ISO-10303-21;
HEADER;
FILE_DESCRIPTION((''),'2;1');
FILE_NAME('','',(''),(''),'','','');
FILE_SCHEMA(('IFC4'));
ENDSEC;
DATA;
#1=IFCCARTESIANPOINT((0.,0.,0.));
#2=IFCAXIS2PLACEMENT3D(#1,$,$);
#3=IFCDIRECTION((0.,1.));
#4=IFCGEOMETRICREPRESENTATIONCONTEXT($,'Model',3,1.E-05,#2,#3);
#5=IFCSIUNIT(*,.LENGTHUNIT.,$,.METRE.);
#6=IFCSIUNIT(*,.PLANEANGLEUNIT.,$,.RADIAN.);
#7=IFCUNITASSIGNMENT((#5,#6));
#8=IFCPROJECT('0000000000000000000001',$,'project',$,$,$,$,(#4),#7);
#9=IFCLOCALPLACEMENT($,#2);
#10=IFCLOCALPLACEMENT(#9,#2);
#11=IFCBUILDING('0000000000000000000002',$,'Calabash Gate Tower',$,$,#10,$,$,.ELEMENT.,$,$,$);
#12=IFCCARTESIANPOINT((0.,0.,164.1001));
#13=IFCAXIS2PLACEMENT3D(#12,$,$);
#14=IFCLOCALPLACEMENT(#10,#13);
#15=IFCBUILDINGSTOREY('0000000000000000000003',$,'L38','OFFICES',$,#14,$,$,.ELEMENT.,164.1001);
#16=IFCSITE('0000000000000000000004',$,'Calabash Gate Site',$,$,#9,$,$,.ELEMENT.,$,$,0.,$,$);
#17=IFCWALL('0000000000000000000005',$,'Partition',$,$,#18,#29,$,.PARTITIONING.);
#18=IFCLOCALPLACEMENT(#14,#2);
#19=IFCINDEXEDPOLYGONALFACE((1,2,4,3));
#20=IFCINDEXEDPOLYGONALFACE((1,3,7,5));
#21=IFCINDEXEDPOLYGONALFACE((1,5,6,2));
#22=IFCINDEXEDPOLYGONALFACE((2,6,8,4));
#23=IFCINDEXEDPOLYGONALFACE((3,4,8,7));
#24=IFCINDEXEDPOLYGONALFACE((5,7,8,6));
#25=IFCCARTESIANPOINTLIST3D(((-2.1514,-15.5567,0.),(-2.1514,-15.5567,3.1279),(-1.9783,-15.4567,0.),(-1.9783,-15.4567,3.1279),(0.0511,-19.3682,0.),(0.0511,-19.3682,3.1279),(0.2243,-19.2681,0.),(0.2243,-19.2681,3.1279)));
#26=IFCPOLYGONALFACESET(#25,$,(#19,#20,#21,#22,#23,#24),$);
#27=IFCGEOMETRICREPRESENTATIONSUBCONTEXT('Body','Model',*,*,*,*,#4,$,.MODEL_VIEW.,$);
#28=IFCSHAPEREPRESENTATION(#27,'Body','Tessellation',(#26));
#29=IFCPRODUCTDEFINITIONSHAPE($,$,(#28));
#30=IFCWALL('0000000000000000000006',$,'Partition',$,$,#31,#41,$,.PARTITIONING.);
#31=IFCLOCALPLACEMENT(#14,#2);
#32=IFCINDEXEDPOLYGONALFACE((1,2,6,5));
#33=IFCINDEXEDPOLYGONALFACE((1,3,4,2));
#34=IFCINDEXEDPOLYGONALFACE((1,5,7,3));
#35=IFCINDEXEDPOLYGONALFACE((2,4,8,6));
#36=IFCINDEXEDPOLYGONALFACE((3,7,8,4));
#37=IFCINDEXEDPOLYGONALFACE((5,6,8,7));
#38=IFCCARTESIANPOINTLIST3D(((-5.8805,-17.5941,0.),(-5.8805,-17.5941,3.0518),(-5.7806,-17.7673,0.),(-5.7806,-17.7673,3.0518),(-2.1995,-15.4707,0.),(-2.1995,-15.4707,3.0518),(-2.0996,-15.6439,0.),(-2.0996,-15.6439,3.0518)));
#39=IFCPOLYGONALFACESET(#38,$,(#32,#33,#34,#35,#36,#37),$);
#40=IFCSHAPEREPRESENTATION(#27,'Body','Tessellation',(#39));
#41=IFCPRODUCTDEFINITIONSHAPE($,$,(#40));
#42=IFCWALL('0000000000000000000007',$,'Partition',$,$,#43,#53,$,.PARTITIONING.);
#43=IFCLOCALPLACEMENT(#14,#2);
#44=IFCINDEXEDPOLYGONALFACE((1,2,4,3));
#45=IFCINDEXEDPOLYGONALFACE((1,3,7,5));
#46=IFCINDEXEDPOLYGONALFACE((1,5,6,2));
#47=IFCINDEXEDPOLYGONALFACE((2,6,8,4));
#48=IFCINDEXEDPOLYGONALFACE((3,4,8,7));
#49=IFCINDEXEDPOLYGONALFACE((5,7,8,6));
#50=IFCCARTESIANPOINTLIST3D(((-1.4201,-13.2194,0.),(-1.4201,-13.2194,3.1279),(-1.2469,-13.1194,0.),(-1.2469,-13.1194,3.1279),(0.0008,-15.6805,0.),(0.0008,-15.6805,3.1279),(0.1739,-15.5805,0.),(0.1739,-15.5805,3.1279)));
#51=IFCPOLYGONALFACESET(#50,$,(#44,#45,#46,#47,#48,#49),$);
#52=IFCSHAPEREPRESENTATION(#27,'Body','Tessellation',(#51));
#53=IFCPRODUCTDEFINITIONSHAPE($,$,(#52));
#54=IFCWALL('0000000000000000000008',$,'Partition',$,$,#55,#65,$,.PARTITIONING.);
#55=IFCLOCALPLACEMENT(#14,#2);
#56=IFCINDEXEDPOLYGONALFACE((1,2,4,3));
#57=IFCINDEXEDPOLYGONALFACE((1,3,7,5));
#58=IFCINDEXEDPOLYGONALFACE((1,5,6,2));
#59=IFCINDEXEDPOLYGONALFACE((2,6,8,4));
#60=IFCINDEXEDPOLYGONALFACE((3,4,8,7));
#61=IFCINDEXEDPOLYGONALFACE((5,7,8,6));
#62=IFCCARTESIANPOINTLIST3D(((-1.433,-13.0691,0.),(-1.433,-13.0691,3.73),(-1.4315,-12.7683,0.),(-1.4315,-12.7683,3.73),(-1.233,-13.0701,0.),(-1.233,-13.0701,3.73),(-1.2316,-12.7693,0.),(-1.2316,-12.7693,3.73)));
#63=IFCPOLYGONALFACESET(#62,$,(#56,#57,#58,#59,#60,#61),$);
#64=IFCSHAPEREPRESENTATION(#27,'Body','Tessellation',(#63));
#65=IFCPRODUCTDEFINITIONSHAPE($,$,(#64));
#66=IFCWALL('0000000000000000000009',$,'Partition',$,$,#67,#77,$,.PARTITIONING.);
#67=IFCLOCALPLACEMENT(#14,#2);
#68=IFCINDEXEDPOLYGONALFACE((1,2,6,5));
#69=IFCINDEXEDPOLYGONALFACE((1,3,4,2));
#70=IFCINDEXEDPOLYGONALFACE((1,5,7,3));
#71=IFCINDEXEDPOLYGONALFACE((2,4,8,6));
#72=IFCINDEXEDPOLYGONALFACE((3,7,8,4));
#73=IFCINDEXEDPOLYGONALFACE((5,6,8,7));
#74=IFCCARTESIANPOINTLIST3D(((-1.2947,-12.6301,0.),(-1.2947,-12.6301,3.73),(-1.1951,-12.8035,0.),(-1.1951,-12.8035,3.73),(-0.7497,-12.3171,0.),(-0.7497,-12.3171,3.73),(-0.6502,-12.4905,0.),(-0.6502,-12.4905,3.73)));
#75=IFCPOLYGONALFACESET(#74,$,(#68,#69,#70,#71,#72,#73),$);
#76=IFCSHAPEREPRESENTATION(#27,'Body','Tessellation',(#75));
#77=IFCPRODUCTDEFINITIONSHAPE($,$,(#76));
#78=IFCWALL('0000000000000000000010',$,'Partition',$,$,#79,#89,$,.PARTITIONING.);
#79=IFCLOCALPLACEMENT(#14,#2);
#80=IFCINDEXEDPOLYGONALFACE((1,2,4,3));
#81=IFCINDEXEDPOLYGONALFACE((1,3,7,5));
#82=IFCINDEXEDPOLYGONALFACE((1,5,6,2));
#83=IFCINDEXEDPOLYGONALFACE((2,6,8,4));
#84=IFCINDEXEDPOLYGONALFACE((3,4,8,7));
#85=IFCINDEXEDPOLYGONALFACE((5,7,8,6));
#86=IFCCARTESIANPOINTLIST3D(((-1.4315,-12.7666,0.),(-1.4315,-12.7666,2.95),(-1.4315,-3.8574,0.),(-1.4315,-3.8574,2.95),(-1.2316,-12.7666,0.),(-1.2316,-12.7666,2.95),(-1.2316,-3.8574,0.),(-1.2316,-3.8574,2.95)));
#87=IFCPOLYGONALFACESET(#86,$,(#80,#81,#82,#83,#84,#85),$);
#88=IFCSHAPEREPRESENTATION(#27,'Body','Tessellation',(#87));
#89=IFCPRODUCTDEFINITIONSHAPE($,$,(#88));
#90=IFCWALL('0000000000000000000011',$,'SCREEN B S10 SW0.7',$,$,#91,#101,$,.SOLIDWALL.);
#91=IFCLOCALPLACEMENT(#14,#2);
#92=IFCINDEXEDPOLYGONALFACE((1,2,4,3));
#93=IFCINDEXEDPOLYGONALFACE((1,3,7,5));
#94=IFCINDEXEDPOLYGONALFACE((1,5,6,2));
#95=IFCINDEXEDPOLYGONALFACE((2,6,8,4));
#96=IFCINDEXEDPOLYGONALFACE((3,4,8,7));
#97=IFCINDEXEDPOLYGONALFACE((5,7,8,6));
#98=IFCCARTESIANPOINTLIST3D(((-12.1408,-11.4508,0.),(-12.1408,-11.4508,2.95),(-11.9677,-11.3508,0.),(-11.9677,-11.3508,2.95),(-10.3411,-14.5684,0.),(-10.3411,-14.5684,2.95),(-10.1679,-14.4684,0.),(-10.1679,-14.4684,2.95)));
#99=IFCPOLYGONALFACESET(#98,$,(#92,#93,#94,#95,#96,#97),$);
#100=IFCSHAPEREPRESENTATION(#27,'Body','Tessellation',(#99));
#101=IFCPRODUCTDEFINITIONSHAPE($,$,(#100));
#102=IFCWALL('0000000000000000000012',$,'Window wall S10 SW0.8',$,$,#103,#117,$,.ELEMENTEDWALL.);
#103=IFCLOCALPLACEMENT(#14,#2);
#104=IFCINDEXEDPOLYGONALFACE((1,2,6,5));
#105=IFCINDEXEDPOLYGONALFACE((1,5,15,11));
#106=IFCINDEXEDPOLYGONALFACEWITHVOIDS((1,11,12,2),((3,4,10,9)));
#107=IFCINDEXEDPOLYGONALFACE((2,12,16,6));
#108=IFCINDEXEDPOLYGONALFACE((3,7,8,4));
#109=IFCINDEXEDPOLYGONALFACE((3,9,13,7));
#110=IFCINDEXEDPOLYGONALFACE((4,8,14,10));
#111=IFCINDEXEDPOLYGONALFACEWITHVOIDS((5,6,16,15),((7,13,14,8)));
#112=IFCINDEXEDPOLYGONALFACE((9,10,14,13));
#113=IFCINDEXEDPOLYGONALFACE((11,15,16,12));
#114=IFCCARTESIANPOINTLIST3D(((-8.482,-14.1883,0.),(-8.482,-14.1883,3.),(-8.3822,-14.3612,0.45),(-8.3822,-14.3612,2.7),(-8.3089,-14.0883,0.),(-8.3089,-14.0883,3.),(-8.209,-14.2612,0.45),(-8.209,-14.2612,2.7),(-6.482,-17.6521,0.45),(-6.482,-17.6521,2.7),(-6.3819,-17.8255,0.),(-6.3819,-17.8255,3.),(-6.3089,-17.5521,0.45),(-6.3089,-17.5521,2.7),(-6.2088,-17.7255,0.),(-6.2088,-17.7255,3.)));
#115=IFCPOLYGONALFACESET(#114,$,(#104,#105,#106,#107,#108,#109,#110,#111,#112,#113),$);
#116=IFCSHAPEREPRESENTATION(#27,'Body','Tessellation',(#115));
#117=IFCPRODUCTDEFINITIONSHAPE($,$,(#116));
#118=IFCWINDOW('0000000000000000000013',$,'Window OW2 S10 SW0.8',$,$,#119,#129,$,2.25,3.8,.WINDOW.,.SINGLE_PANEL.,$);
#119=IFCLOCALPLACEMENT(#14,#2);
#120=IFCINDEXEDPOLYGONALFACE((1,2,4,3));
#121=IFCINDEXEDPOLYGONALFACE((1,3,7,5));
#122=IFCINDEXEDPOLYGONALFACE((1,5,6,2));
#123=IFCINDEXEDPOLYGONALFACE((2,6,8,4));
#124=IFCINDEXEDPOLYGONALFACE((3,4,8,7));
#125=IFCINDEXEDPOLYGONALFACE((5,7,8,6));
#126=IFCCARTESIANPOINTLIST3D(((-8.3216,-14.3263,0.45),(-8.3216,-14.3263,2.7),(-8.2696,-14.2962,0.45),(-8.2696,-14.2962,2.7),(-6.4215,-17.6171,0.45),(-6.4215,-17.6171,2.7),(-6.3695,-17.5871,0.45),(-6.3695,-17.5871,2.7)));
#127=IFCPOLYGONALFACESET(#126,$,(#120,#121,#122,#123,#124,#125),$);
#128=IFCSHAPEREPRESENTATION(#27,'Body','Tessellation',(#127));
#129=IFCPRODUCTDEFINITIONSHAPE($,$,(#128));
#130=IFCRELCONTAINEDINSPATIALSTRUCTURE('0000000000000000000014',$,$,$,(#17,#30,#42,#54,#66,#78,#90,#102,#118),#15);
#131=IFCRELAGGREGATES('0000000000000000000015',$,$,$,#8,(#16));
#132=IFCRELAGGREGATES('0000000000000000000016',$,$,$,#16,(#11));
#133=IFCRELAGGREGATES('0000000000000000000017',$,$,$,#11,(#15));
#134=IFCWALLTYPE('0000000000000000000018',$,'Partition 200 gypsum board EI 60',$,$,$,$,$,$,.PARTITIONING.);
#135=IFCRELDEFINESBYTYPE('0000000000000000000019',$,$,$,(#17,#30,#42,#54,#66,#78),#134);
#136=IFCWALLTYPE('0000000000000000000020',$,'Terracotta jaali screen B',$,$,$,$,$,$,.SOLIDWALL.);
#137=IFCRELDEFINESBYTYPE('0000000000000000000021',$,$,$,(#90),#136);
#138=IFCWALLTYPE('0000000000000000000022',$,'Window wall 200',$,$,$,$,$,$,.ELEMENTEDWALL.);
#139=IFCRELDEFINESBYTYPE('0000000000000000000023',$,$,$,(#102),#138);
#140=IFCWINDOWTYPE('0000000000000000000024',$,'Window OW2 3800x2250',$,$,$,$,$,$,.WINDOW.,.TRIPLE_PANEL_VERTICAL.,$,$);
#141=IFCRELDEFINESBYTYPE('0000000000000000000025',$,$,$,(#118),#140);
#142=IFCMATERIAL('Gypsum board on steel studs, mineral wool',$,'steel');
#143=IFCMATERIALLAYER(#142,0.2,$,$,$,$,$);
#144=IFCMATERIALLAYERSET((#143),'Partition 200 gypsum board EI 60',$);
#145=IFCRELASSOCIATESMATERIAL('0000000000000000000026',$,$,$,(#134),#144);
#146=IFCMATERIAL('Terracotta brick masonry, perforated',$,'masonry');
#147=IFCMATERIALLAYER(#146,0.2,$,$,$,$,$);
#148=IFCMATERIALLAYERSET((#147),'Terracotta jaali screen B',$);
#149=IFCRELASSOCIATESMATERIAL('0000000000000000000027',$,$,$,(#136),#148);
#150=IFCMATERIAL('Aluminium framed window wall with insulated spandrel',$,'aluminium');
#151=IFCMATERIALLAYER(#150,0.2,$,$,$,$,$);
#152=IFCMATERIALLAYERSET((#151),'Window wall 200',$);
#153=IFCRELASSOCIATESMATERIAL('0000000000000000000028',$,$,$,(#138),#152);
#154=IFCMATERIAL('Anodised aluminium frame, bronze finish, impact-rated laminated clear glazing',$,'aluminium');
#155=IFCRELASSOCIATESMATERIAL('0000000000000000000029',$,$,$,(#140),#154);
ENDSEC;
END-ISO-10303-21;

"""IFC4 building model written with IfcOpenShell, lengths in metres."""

from ifc_helpers import new_model, si_unit, direction, frame, frame_2d, origin, place, context, subcontext, project, spatial, rectangle, extrude, material, layer, layer_set, type_object, element, fill, save


model = new_model("IFC4")

# Units and contexts
model_context = context("Model", 3, precision=1e-05, world=origin(), true_north=direction((0.0, 1.0)))
body_context = subcontext(model_context, "Body", "Model", "MODEL_VIEW")
ifc_project = project(units=[si_unit("LENGTHUNIT", "METRE"), si_unit("PLANEANGLEUNIT", "RADIAN")], contexts=[model_context])

# Site, building, storey
site_placement = place(None, origin())
site = spatial("IfcSite", under=ifc_project, at=site_placement, Name="Calabash Gate Site", CompositionType="ELEMENT", RefElevation=0.0)
building_placement = place(site_placement, origin())
building = spatial("IfcBuilding", under=site, at=building_placement, Name="Calabash Gate Tower", CompositionType="ELEMENT")
storey_placement = place(building_placement, frame((0.0, 0.0, 164.1001)))
storey = spatial("IfcBuildingStorey", under=building, at=storey_placement, Name="L38", Description="OFFICES", CompositionType="ELEMENT", Elevation=164.1001)

# Walls
ifc_material_1 = material(Name="Gypsum board on steel studs, mineral wool", Category="steel")
ifc_layer_1 = layer(ifc_material_1, 0.2)
ifc_layer_set_1 = layer_set([ifc_layer_1], Name="Partition 200 gypsum board EI 60")
wall_type_1 = type_object("IfcWallType", Name="Partition 200 gypsum board EI 60", PredefinedType="PARTITIONING", material=ifc_layer_set_1)
wall_1_placement = place(storey_placement, frame((-2.0649, -15.5066, 0.0), z_axis=(0.0, 0.0, 1.0), x_axis=(0.50035, -0.865823, 0.0)))
element("IfcWall", 1, at=wall_1_placement, inside=storey, type_object=wall_type_1, Name="Partition", PredefinedType="PARTITIONING", context=body_context, shape_type="SweptSolid", body=[
    extrude(rectangle(XDim=4.4021, YDim=0.2, at=frame_2d((2.2012, 0.0))), origin(), (0.0, 0.0, 1.0), 3.1279),
])
wall_2_placement = place(storey_placement, frame((-5.8306, -17.6807, 0.0), z_axis=(0.0, 0.0, 1.0), x_axis=(0.866217, 0.499668, 0.0)))
element("IfcWall", 2, at=wall_2_placement, inside=storey, type_object=wall_type_1, Name="Partition", PredefinedType="PARTITIONING", context=body_context, shape_type="SweptSolid", body=[
    extrude(rectangle(XDim=4.2495, YDim=0.2, at=frame_2d((2.1248, 0.0))), origin(), (0.0, 0.0, 1.0), 3.0518),
])
wall_3_placement = place(storey_placement, frame((-1.3335, -13.1694, 0.0), z_axis=(0.0, 0.0, 1.0), x_axis=(0.499983, -0.866035, 0.0)))
element("IfcWall", 3, at=wall_3_placement, inside=storey, type_object=wall_type_1, Name="Partition", PredefinedType="PARTITIONING", context=body_context, shape_type="SweptSolid", body=[
    extrude(rectangle(XDim=2.8418, YDim=0.2, at=frame_2d((1.4209, 0.0))), origin(), (0.0, 0.0, 1.0), 3.1279),
])
wall_4_placement = place(storey_placement, frame((-1.333, -13.0696, 0.0), z_axis=(0.0, 0.0, 1.0), x_axis=(0.00487, 0.999988, 0.0)))
element("IfcWall", 4, at=wall_4_placement, inside=storey, type_object=wall_type_1, Name="Partition", PredefinedType="PARTITIONING", context=body_context, shape_type="SweptSolid", body=[
    extrude(rectangle(XDim=0.3008, YDim=0.2, at=frame_2d((0.1504, 0.0))), origin(), (0.0, 0.0, 1.0), 3.73),
])
wall_5_placement = place(storey_placement, frame((-1.2449, -12.7168, 0.0), z_axis=(0.0, 0.0, 1.0), x_axis=(0.867141, 0.498062, 0.0)))
element("IfcWall", 5, at=wall_5_placement, inside=storey, type_object=wall_type_1, Name="Partition", PredefinedType="PARTITIONING", context=body_context, shape_type="SweptSolid", body=[
    extrude(rectangle(XDim=0.6284, YDim=0.2, at=frame_2d((0.3142, 0.0))), origin(), (0.0, 0.0, 1.0), 3.73),
])
wall_6_placement = place(storey_placement, frame((-1.3315, -12.7666, 0.0), z_axis=(0.0, 0.0, 1.0), x_axis=(0.0, 1.0, 0.0)))
element("IfcWall", 6, at=wall_6_placement, inside=storey, type_object=wall_type_1, Name="Partition", PredefinedType="PARTITIONING", context=body_context, shape_type="SweptSolid", body=[
    extrude(rectangle(XDim=8.9092, YDim=0.2, at=frame_2d((4.4546, 0.0))), origin(), (0.0, 0.0, 1.0), 2.95),
])
ifc_material_2 = material(Name="Terracotta brick masonry, perforated", Category="masonry")
ifc_layer_2 = layer(ifc_material_2, 0.2)
ifc_layer_set_2 = layer_set([ifc_layer_2], Name="Terracotta jaali screen B")
wall_type_2 = type_object("IfcWallType", Name="Terracotta jaali screen B", PredefinedType="SOLIDWALL", material=ifc_layer_set_2)
wall_7_placement = place(storey_placement, frame((-12.0542, -11.4009, 0.0), z_axis=(0.0, 0.0, 1.0), x_axis=(0.499961, -0.866048, 0.0)))
element("IfcWall", 7, at=wall_7_placement, inside=storey, type_object=wall_type_2, Name="SCREEN B S10 SW0.7", PredefinedType="SOLIDWALL", context=body_context, shape_type="SweptSolid", body=[
    extrude(rectangle(XDim=3.5999, YDim=0.2, at=frame_2d((1.7998, 0.0))), origin(), (0.0, 0.0, 1.0), 2.95),
])

# Wall, opening, window
ifc_material_3 = material(Name="Aluminium framed window wall with insulated spandrel", Category="aluminium")
ifc_layer_3 = layer(ifc_material_3, 0.2)
ifc_layer_set_3 = layer_set([ifc_layer_3], Name="Window wall 200")
wall_type_3 = type_object("IfcWallType", Name="Window wall 200", PredefinedType="ELEMENTEDWALL", material=ifc_layer_set_3)
wall_8_placement = place(storey_placement, frame((-8.3955, -14.1382, 0.0), z_axis=(0.0, 0.0, 1.0), x_axis=(0.500028, -0.866009, 0.0)))
wall_8 = element("IfcWall", 8, at=wall_8_placement, inside=storey, type_object=wall_type_3, Name="Window wall S10 SW0.8", PredefinedType="ELEMENTEDWALL", context=body_context, shape_type="SweptSolid", body=[
    extrude(rectangle(XDim=4.2, YDim=0.2, at=frame_2d((2.1001, 0.0))), origin(), (0.0, 0.0, 1.0), 3.0),
])
opening_placement = place(wall_8_placement, frame((0.2, 0.0, 0.45)))
opening = element("IfcOpeningElement", 9, at=opening_placement, cuts=wall_8, PredefinedType="OPENING", context=body_context, shape_type="SweptSolid", body=[
    extrude(rectangle(XDim=3.8, YDim=2.25, at=frame_2d((1.8999, 1.125))), frame((0.0, 0.1099, 0.0), z_axis=(0.0, -1.0, 0.0), x_axis=(1.0, 0.0, 0.0)), (0.0, 0.0, 1.0), 0.22),
])
ifc_material_4 = material(Name="Anodised aluminium frame, bronze finish, impact-rated laminated clear glazing", Category="aluminium")
window_type = type_object("IfcWindowType", Name="Window OW2 3800x2250", PartitioningType="TRIPLE_PANEL_VERTICAL", PredefinedType="WINDOW", material=ifc_material_4)
window_placement = place(opening_placement, origin())
window = element("IfcWindow", 10, at=window_placement, inside=storey, type_object=window_type, Name="Window OW2 S10 SW0.8", OverallHeight=2.25, OverallWidth=3.8, PartitioningType="SINGLE_PANEL", PredefinedType="WINDOW", context=body_context, shape_type="SweptSolid", body=[
    extrude(rectangle(XDim=3.8, YDim=2.25, at=frame_2d((1.8999, 1.125))), frame((0.0, 0.03, 0.0), z_axis=(0.0, -1.0, 0.0), x_axis=(1.0, 0.0, 0.0)), (0.0, 0.0, 1.0), 0.0601),
])
fill(opening, window)

save(model, "model.ifc")
